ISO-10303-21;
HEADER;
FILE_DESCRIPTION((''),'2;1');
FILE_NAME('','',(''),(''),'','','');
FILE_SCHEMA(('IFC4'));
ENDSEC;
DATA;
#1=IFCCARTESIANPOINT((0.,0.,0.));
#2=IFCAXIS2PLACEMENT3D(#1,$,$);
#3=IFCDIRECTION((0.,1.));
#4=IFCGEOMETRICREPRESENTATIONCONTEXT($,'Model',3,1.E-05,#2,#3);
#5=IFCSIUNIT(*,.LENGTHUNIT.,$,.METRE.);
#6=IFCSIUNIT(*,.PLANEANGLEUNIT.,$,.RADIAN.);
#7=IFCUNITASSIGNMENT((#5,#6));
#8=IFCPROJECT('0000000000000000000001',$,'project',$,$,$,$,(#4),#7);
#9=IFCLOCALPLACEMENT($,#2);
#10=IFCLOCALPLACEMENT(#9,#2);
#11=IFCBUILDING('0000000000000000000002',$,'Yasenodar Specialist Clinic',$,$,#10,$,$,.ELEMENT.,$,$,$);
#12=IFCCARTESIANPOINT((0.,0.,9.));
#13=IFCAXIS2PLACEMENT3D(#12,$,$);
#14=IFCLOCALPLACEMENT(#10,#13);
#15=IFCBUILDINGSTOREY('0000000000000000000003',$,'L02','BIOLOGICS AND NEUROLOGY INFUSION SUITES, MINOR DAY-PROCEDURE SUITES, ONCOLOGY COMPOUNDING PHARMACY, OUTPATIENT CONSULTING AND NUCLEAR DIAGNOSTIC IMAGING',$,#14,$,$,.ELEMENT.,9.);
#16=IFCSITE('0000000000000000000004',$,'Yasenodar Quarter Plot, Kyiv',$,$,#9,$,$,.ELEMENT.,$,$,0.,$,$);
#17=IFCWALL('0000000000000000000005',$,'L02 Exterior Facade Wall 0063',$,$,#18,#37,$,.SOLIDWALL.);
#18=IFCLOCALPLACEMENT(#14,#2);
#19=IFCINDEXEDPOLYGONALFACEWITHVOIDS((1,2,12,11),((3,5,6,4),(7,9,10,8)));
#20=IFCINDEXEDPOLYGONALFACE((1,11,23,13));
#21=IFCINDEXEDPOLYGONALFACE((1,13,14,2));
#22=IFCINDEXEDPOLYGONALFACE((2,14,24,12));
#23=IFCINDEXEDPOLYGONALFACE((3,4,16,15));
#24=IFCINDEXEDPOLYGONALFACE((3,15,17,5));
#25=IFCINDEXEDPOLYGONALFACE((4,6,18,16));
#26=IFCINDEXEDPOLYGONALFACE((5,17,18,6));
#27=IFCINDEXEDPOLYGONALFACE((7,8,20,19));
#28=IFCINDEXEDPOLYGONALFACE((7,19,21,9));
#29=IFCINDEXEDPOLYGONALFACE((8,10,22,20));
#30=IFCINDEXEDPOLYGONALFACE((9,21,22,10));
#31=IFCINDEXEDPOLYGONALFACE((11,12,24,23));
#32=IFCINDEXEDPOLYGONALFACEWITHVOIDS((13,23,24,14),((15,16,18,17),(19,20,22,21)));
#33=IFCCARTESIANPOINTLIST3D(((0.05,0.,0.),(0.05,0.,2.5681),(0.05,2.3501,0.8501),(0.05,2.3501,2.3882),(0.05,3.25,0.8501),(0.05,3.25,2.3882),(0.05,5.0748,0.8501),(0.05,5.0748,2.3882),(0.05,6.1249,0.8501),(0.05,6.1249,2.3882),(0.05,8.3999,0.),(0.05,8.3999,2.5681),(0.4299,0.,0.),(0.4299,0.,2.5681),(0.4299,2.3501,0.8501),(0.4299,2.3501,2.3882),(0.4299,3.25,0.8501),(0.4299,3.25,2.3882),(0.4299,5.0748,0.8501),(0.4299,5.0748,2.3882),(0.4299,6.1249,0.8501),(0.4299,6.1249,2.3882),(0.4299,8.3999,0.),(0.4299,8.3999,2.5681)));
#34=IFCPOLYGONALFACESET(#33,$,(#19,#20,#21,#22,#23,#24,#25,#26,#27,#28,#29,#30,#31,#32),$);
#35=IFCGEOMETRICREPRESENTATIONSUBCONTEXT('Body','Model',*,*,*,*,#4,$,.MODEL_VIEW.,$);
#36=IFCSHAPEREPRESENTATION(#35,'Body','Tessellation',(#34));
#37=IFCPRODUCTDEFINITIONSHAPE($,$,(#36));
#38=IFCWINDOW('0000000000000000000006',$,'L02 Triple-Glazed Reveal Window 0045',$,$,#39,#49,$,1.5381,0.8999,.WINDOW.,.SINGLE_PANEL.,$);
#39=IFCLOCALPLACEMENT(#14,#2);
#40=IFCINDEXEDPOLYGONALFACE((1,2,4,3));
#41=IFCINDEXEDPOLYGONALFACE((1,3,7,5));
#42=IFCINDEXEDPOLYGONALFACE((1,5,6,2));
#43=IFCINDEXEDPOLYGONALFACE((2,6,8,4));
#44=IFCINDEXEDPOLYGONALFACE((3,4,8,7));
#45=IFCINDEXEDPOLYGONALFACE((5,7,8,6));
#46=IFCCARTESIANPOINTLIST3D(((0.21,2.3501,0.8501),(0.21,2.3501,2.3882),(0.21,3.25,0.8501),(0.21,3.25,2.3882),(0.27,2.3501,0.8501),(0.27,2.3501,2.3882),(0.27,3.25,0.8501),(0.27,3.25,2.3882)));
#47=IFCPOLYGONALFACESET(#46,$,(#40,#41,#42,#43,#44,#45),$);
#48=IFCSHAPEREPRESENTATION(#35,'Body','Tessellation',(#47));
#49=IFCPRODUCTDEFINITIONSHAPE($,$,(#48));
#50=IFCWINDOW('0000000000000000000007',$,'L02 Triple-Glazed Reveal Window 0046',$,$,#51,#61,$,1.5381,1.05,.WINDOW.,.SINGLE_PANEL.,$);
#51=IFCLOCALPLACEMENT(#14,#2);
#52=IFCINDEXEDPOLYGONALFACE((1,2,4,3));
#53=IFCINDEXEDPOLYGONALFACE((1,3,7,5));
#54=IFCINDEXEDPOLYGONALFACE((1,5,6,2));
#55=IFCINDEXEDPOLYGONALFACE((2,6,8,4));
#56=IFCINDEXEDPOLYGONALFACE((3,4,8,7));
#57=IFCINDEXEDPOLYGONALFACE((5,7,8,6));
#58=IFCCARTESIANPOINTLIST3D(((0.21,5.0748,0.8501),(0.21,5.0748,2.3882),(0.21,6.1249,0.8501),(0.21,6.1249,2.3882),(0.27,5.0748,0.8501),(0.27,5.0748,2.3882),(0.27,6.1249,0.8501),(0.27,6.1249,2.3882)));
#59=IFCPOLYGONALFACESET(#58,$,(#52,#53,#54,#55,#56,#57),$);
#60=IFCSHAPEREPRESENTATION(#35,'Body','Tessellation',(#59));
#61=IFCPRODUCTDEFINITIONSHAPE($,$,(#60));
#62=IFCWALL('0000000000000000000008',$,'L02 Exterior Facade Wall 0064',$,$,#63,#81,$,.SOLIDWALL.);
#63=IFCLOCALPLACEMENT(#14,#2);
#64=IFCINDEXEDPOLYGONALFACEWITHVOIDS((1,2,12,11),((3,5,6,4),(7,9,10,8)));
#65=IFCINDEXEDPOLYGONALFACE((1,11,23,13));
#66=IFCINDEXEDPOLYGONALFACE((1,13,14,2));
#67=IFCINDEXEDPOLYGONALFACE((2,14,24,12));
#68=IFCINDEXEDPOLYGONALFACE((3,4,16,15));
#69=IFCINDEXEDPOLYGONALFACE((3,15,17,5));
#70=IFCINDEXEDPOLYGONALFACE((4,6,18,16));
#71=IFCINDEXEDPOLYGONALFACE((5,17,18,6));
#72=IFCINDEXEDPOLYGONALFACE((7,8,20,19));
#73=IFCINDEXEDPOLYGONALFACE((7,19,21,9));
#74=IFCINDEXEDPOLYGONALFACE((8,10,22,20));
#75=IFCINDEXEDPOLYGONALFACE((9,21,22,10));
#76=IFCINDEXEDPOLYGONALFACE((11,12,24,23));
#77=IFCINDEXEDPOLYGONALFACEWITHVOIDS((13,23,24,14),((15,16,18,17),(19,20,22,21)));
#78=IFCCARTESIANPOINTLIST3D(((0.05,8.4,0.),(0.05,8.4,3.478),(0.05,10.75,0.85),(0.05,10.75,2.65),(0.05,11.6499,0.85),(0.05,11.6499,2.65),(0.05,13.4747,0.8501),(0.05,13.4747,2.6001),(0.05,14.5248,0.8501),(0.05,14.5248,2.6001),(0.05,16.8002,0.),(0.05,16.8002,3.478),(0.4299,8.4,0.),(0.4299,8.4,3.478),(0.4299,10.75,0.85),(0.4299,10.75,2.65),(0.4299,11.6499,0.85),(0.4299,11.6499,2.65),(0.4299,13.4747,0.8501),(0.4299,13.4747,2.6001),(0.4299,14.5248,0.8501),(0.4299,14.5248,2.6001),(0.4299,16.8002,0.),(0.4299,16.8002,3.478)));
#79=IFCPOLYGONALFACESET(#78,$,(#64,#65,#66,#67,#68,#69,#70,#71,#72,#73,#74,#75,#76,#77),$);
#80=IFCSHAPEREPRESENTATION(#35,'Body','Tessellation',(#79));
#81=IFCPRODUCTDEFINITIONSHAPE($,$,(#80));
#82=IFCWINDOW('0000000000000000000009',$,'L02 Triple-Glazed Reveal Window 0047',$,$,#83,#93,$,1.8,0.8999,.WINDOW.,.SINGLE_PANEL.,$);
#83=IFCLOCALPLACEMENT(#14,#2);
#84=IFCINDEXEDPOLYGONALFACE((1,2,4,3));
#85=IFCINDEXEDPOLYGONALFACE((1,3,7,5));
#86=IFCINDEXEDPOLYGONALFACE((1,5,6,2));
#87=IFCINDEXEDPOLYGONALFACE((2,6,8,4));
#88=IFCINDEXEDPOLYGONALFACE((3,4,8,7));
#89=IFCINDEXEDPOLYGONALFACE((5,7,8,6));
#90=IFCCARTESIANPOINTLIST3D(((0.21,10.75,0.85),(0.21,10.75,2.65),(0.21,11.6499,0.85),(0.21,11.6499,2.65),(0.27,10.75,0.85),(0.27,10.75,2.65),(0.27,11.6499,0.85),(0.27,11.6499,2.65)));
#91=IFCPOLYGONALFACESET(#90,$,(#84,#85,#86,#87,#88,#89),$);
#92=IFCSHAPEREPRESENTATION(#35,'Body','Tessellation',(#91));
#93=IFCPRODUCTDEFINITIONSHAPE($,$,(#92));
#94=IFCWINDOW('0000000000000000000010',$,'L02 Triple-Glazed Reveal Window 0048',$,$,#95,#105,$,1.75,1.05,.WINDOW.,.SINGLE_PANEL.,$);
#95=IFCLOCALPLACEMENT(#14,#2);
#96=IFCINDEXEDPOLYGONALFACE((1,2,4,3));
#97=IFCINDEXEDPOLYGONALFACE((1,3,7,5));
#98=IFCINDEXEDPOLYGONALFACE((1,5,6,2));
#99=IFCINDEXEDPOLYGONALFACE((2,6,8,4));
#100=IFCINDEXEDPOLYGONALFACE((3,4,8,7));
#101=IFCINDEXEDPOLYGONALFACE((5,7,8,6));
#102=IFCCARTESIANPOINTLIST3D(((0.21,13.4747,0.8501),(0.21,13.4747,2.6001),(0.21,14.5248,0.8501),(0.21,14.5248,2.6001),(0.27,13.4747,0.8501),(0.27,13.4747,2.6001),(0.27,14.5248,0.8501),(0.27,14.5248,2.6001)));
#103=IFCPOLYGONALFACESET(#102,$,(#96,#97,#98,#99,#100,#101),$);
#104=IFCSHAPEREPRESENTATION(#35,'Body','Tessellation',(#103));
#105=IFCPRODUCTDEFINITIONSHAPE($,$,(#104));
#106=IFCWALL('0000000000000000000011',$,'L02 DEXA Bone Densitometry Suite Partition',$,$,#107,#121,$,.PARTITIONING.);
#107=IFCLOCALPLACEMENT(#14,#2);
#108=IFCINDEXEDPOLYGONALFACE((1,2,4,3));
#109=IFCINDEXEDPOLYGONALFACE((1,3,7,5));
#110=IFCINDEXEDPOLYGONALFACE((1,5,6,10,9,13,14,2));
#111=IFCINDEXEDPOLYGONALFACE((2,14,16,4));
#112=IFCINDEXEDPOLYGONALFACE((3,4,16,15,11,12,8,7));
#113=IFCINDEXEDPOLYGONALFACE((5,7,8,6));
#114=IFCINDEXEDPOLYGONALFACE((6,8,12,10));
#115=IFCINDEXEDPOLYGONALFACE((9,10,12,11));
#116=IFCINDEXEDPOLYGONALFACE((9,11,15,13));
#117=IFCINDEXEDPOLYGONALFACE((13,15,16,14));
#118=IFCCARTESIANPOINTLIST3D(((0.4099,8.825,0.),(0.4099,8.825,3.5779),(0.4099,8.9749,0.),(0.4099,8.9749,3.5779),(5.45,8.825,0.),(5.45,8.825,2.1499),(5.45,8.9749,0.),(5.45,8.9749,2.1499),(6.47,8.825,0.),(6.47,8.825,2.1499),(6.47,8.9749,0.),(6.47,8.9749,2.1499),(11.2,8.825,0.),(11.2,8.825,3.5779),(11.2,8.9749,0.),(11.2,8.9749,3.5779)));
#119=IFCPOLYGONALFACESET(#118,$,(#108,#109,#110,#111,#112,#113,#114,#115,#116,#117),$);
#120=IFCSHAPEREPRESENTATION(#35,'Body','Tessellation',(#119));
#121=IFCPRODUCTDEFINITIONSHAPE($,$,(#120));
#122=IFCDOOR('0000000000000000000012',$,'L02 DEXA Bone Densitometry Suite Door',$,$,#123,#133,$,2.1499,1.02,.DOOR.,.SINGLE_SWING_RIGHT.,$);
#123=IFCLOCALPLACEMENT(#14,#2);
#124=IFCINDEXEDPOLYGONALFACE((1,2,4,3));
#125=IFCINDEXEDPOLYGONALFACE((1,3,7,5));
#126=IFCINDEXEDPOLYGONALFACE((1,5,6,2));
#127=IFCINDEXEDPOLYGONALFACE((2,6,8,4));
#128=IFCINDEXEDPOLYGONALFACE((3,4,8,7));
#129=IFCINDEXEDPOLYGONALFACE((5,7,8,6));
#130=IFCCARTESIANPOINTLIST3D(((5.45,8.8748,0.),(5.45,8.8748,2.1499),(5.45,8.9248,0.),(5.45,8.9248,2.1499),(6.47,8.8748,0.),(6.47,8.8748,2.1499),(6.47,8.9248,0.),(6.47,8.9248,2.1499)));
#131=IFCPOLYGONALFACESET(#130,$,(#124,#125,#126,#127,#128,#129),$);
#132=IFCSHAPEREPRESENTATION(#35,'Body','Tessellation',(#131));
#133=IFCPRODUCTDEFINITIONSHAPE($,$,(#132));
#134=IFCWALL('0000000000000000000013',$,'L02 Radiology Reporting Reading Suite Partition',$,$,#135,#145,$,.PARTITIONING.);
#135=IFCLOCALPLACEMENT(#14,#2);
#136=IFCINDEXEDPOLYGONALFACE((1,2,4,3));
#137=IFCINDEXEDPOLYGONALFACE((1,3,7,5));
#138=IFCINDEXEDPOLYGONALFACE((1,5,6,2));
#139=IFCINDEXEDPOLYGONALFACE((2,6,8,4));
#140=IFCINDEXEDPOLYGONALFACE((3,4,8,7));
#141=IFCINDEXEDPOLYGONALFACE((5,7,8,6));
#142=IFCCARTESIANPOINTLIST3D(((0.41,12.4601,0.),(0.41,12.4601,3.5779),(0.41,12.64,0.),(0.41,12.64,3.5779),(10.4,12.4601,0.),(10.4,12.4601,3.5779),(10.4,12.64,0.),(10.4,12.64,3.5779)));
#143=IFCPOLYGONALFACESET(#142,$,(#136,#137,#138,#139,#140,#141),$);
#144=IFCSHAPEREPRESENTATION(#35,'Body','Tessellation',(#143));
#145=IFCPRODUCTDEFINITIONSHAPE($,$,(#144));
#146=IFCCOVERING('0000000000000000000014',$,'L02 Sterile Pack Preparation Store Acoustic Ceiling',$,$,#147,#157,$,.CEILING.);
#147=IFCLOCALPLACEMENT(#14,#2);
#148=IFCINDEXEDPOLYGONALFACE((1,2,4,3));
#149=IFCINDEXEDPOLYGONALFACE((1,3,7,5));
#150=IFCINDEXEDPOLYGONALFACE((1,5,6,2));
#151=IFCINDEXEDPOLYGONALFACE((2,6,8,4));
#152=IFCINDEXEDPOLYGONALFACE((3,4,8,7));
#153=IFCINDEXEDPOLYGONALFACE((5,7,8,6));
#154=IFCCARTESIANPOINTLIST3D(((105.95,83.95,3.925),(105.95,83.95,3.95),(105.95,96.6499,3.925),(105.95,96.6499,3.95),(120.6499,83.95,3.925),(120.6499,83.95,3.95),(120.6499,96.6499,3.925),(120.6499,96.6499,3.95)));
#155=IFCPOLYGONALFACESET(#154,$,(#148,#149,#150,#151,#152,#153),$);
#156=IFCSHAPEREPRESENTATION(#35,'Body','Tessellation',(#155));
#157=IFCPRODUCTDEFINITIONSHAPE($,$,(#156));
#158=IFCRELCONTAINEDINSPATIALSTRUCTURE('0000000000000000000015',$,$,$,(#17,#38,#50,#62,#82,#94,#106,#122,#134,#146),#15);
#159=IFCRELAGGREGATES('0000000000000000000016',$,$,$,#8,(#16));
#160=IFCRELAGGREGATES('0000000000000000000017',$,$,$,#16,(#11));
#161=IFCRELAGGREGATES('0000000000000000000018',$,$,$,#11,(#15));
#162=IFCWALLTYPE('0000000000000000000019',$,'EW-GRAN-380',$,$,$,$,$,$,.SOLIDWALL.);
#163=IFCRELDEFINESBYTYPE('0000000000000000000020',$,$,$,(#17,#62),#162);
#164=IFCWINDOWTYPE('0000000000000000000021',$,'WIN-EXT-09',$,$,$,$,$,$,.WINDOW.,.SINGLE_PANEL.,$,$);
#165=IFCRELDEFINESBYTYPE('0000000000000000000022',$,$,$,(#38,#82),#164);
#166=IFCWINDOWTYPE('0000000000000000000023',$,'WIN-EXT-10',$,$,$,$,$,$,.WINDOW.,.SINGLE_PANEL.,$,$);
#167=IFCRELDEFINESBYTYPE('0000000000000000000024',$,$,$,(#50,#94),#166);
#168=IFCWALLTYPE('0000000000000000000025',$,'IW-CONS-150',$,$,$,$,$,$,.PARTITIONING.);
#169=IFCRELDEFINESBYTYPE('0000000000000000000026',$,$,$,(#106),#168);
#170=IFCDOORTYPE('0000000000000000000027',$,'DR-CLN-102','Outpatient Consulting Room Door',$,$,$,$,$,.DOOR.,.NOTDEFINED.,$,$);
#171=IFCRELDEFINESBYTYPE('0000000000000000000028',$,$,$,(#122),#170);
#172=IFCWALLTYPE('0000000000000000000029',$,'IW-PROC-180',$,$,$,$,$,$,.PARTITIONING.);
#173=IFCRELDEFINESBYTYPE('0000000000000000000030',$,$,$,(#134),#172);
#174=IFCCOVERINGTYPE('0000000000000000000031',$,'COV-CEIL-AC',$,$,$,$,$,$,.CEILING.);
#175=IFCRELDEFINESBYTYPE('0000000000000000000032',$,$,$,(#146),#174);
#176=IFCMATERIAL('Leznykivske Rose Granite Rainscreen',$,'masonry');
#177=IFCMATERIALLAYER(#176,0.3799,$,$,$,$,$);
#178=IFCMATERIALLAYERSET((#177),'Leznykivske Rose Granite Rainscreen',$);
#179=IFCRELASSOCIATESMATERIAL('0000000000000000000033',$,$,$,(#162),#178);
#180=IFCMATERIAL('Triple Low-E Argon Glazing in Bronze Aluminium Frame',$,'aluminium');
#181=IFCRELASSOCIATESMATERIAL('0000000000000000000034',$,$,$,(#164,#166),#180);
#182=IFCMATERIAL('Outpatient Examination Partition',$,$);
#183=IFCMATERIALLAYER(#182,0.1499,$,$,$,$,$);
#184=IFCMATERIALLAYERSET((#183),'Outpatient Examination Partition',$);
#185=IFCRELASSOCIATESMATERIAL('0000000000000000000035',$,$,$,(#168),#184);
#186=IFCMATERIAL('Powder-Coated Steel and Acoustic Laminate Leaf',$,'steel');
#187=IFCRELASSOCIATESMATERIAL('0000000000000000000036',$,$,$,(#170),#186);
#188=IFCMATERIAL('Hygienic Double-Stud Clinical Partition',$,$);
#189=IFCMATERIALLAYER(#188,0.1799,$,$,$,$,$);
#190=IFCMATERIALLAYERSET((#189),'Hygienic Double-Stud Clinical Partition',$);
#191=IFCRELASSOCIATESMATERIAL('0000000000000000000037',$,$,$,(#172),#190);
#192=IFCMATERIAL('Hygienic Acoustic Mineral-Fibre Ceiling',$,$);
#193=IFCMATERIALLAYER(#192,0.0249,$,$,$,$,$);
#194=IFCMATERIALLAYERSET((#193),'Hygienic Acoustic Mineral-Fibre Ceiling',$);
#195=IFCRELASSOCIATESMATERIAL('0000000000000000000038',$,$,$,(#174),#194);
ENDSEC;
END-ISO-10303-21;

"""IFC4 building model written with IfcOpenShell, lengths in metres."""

from ifc_helpers import new_model, si_unit, direction, frame, frame_2d, origin, place, context, subcontext, project, spatial, polyline, rectangle, outline, extrude, material, layer, layer_set, type_object, element, fill, save


model = new_model("IFC4")

# Units and contexts
model_context = context("Model", 3, precision=1e-05, world=origin(), true_north=direction((0.0, 1.0)))
body_context = subcontext(model_context, "Body", "Model", "MODEL_VIEW")
ifc_project = project(units=[si_unit("LENGTHUNIT", "METRE"), si_unit("PLANEANGLEUNIT", "RADIAN")], contexts=[model_context])

# Site, building, storey
site_placement = place(None, origin())
site = spatial("IfcSite", under=ifc_project, at=site_placement, Name="Yasenodar Quarter Plot, Kyiv", CompositionType="ELEMENT", RefElevation=0.0)
building_placement = place(site_placement, origin())
building = spatial("IfcBuilding", under=site, at=building_placement, Name="Yasenodar Specialist Clinic", CompositionType="ELEMENT")
storey_placement = place(building_placement, frame((0.0, 0.0, 9.0)))
storey = spatial("IfcBuildingStorey", under=building, at=storey_placement, Name="L02", Description="BIOLOGICS AND NEUROLOGY INFUSION SUITES, MINOR DAY-PROCEDURE SUITES, ONCOLOGY COMPOUNDING PHARMACY, OUTPATIENT CONSULTING AND NUCLEAR DIAGNOSTIC IMAGING", CompositionType="ELEMENT", Elevation=9.0)

# Walls, openings, windows
ifc_material_1 = material(Name="Leznykivske Rose Granite Rainscreen", Category="masonry")
ifc_layer_1 = layer(ifc_material_1, 0.3799)
ifc_layer_set_1 = layer_set([ifc_layer_1], Name="Leznykivske Rose Granite Rainscreen")
wall_type_1 = type_object("IfcWallType", Name="EW-GRAN-380", PredefinedType="SOLIDWALL", material=ifc_layer_set_1)
wall_1_placement = place(storey_placement, frame((0.24, 0.0, 0.0), z_axis=(0.0, 0.0, 1.0), x_axis=(0.0, 1.0, 0.0)))
wall_1 = element("IfcWall", 1, at=wall_1_placement, inside=storey, type_object=wall_type_1, Name="L02 Exterior Facade Wall 0063", PredefinedType="SOLIDWALL", context=body_context, shape_type="SweptSolid", body=[
    extrude(rectangle(XDim=8.3999, YDim=0.3799, at=frame_2d((4.2, 0.0))), origin(), (0.0, 0.0, 1.0), 2.5681),
])
opening_1_placement = place(wall_1_placement, frame((2.3501, 0.0, 0.8501)))
opening_1 = element("IfcOpeningElement", 2, at=opening_1_placement, cuts=wall_1, PredefinedType="OPENING", context=body_context, shape_type="SweptSolid", body=[
    extrude(rectangle(XDim=0.8999, YDim=1.5381, at=frame_2d((0.45, 0.769))), frame((0.0, 0.2, 0.0), z_axis=(0.0, -1.0, 0.0), x_axis=(1.0, 0.0, 0.0)), (0.0, 0.0, 1.0), 0.3999),
])
opening_2_placement = place(wall_1_placement, frame((5.075, 0.0, 0.8501)))
opening_2 = element("IfcOpeningElement", 3, at=opening_2_placement, cuts=wall_1, PredefinedType="OPENING", context=body_context, shape_type="SweptSolid", body=[
    extrude(rectangle(XDim=1.05, YDim=1.5381, at=frame_2d((0.5249, 0.769))), frame((0.0, 0.2, 0.0), z_axis=(0.0, -1.0, 0.0), x_axis=(1.0, 0.0, 0.0)), (0.0, 0.0, 1.0), 0.3999),
])
ifc_material_2 = material(Name="Triple Low-E Argon Glazing in Bronze Aluminium Frame", Category="aluminium")
window_type_1 = type_object("IfcWindowType", Name="WIN-EXT-09", PartitioningType="SINGLE_PANEL", PredefinedType="WINDOW", material=ifc_material_2)
window_1_placement = place(opening_1_placement, origin())
window_1 = element("IfcWindow", 4, at=window_1_placement, inside=storey, type_object=window_type_1, Name="L02 Triple-Glazed Reveal Window 0045", OverallHeight=1.5381, OverallWidth=0.8999, PartitioningType="SINGLE_PANEL", PredefinedType="WINDOW", context=body_context, shape_type="SweptSolid", body=[
    extrude(rectangle(XDim=0.8999, YDim=1.5381, at=frame_2d((0.45, 0.769))), frame((0.0, 0.03, 0.0), z_axis=(0.0, -1.0, 0.0), x_axis=(1.0, 0.0, 0.0)), (0.0, 0.0, 1.0), 0.0601),
])
fill(opening_1, window_1)
window_type_2 = type_object("IfcWindowType", Name="WIN-EXT-10", PartitioningType="SINGLE_PANEL", PredefinedType="WINDOW", material=ifc_material_2)
window_2_placement = place(opening_2_placement, origin())
window_2 = element("IfcWindow", 5, at=window_2_placement, inside=storey, type_object=window_type_2, Name="L02 Triple-Glazed Reveal Window 0046", OverallHeight=1.5381, OverallWidth=1.05, PartitioningType="SINGLE_PANEL", PredefinedType="WINDOW", context=body_context, shape_type="SweptSolid", body=[
    extrude(rectangle(XDim=1.05, YDim=1.5381, at=frame_2d((0.5249, 0.769))), frame((0.0, 0.03, 0.0), z_axis=(0.0, -1.0, 0.0), x_axis=(1.0, 0.0, 0.0)), (0.0, 0.0, 1.0), 0.0601),
])
fill(opening_2, window_2)
wall_2_placement = place(storey_placement, frame((0.24, 8.3999, 0.0), z_axis=(0.0, 0.0, 1.0), x_axis=(0.0, 1.0, 0.0)))
wall_2 = element("IfcWall", 6, at=wall_2_placement, inside=storey, type_object=wall_type_1, Name="L02 Exterior Facade Wall 0064", PredefinedType="SOLIDWALL", context=body_context, shape_type="SweptSolid", body=[
    extrude(rectangle(XDim=8.4001, YDim=0.3799, at=frame_2d((4.2002, 0.0))), origin(), (0.0, 0.0, 1.0), 3.478),
])
opening_3_placement = place(wall_2_placement, frame((2.3501, 0.0, 0.8501)))
opening_3 = element("IfcOpeningElement", 7, at=opening_3_placement, cuts=wall_2, PredefinedType="OPENING", context=body_context, shape_type="SweptSolid", body=[
    extrude(rectangle(XDim=0.8999, YDim=1.8, at=frame_2d((0.45, 0.8999))), frame((0.0, 0.2, 0.0), z_axis=(0.0, -1.0, 0.0), x_axis=(1.0, 0.0, 0.0)), (0.0, 0.0, 1.0), 0.3999),
])
opening_4_placement = place(wall_2_placement, frame((5.075, 0.0, 0.8501)))
opening_4 = element("IfcOpeningElement", 8, at=opening_4_placement, cuts=wall_2, PredefinedType="OPENING", context=body_context, shape_type="SweptSolid", body=[
    extrude(rectangle(XDim=1.05, YDim=1.75, at=frame_2d((0.5249, 0.875))), frame((0.0, 0.2, 0.0), z_axis=(0.0, -1.0, 0.0), x_axis=(1.0, 0.0, 0.0)), (0.0, 0.0, 1.0), 0.3999),
])
window_3_placement = place(opening_3_placement, origin())
window_3 = element("IfcWindow", 9, at=window_3_placement, inside=storey, type_object=window_type_1, Name="L02 Triple-Glazed Reveal Window 0047", OverallHeight=1.8, OverallWidth=0.8999, PartitioningType="SINGLE_PANEL", PredefinedType="WINDOW", context=body_context, shape_type="SweptSolid", body=[
    extrude(rectangle(XDim=0.8999, YDim=1.8, at=frame_2d((0.45, 0.8999))), frame((0.0, 0.03, 0.0), z_axis=(0.0, -1.0, 0.0), x_axis=(1.0, 0.0, 0.0)), (0.0, 0.0, 1.0), 0.0601),
])
fill(opening_3, window_3)
window_4_placement = place(opening_4_placement, origin())
window_4 = element("IfcWindow", 10, at=window_4_placement, inside=storey, type_object=window_type_2, Name="L02 Triple-Glazed Reveal Window 0048", OverallHeight=1.75, OverallWidth=1.05, PartitioningType="SINGLE_PANEL", PredefinedType="WINDOW", context=body_context, shape_type="SweptSolid", body=[
    extrude(rectangle(XDim=1.05, YDim=1.75, at=frame_2d((0.5249, 0.875))), frame((0.0, 0.03, 0.0), z_axis=(0.0, -1.0, 0.0), x_axis=(1.0, 0.0, 0.0)), (0.0, 0.0, 1.0), 0.0601),
])
fill(opening_4, window_4)

# Wall, opening, door
ifc_material_3 = material(Name="Outpatient Examination Partition")
ifc_layer_2 = layer(ifc_material_3, 0.1499)
ifc_layer_set_2 = layer_set([ifc_layer_2], Name="Outpatient Examination Partition")
wall_type_2 = type_object("IfcWallType", Name="IW-CONS-150", PredefinedType="PARTITIONING", material=ifc_layer_set_2)
wall_3_placement = place(storey_placement, frame((0.4099, 8.8999, 0.0), z_axis=(0.0, 0.0, 1.0), x_axis=(1.0, 0.0, 0.0)))
wall_3 = element("IfcWall", 11, at=wall_3_placement, inside=storey, type_object=wall_type_2, Name="L02 DEXA Bone Densitometry Suite Partition", PredefinedType="PARTITIONING", context=body_context, shape_type="SweptSolid", body=[
    extrude(rectangle(XDim=10.79, YDim=0.1499, at=frame_2d((5.395, 0.0))), origin(), (0.0, 0.0, 1.0), 3.5779),
])
opening_5_placement = place(wall_3_placement, frame((5.04, 0.0, 0.0)))
opening_5 = element("IfcOpeningElement", 12, at=opening_5_placement, cuts=wall_3, PredefinedType="OPENING", context=body_context, shape_type="SweptSolid", body=[
    extrude(rectangle(XDim=1.02, YDim=2.1499, at=frame_2d((0.51, 1.075))), frame((0.0, 0.085, 0.0), z_axis=(0.0, -1.0, 0.0), x_axis=(1.0, 0.0, 0.0)), (0.0, 0.0, 1.0), 0.1699),
])
ifc_material_4 = material(Name="Powder-Coated Steel and Acoustic Laminate Leaf", Category="steel")
door_type = type_object("IfcDoorType", Name="DR-CLN-102", Description="Outpatient Consulting Room Door", OperationType="NOTDEFINED", PredefinedType="DOOR", material=ifc_material_4)
door_placement = place(opening_5_placement, origin())
door = element("IfcDoor", 13, at=door_placement, inside=storey, type_object=door_type, Name="L02 DEXA Bone Densitometry Suite Door", OperationType="SINGLE_SWING_RIGHT", OverallHeight=2.1499, OverallWidth=1.02, PredefinedType="DOOR", context=body_context, shape_type="SweptSolid", body=[
    extrude(rectangle(XDim=1.02, YDim=2.1499, at=frame_2d((0.51, 1.075))), frame((0.0, 0.0249, 0.0), z_axis=(0.0, -1.0, 0.0), x_axis=(1.0, 0.0, 0.0)), (0.0, 0.0, 1.0), 0.05),
])
fill(opening_5, door)

# Wall
ifc_material_5 = material(Name="Hygienic Double-Stud Clinical Partition")
ifc_layer_3 = layer(ifc_material_5, 0.1799)
ifc_layer_set_3 = layer_set([ifc_layer_3], Name="Hygienic Double-Stud Clinical Partition")
wall_type_3 = type_object("IfcWallType", Name="IW-PROC-180", PredefinedType="PARTITIONING", material=ifc_layer_set_3)
wall_4_placement = place(storey_placement, frame((0.4099, 12.55, 0.0), z_axis=(0.0, 0.0, 1.0), x_axis=(1.0, 0.0, 0.0)))
element("IfcWall", 14, at=wall_4_placement, inside=storey, type_object=wall_type_3, Name="L02 Radiology Reporting Reading Suite Partition", PredefinedType="PARTITIONING", context=body_context, shape_type="SweptSolid", body=[
    extrude(rectangle(XDim=9.99, YDim=0.1799, at=frame_2d((4.9951, 0.0))), origin(), (0.0, 0.0, 1.0), 3.5779),
])

# Covering
ifc_material_6 = material(Name="Hygienic Acoustic Mineral-Fibre Ceiling")
ifc_layer_4 = layer(ifc_material_6, 0.0249)
ifc_layer_set_4 = layer_set([ifc_layer_4], Name="Hygienic Acoustic Mineral-Fibre Ceiling")
covering_type_1 = type_object("IfcCoveringType", Name="COV-CEIL-AC", PredefinedType="CEILING", material=ifc_layer_set_4)
covering_1_placement = place(storey_placement, frame((0.0, 0.0, 3.925)))
element("IfcCovering", 15, at=covering_1_placement, inside=storey, type_object=covering_type_1, Name="L02 Sterile Pack Preparation Store Acoustic Ceiling", PredefinedType="CEILING", context=body_context, shape_type="SweptSolid", body=[
    extrude(outline(polyline([(120.6499, 83.95), (105.95, 83.95), (105.95, 96.6499), (120.6499, 96.6499), (120.6499, 83.95)])), origin(), (0.0, 0.0, 1.0), 0.0249),
])

save(model, "model.ifc")
